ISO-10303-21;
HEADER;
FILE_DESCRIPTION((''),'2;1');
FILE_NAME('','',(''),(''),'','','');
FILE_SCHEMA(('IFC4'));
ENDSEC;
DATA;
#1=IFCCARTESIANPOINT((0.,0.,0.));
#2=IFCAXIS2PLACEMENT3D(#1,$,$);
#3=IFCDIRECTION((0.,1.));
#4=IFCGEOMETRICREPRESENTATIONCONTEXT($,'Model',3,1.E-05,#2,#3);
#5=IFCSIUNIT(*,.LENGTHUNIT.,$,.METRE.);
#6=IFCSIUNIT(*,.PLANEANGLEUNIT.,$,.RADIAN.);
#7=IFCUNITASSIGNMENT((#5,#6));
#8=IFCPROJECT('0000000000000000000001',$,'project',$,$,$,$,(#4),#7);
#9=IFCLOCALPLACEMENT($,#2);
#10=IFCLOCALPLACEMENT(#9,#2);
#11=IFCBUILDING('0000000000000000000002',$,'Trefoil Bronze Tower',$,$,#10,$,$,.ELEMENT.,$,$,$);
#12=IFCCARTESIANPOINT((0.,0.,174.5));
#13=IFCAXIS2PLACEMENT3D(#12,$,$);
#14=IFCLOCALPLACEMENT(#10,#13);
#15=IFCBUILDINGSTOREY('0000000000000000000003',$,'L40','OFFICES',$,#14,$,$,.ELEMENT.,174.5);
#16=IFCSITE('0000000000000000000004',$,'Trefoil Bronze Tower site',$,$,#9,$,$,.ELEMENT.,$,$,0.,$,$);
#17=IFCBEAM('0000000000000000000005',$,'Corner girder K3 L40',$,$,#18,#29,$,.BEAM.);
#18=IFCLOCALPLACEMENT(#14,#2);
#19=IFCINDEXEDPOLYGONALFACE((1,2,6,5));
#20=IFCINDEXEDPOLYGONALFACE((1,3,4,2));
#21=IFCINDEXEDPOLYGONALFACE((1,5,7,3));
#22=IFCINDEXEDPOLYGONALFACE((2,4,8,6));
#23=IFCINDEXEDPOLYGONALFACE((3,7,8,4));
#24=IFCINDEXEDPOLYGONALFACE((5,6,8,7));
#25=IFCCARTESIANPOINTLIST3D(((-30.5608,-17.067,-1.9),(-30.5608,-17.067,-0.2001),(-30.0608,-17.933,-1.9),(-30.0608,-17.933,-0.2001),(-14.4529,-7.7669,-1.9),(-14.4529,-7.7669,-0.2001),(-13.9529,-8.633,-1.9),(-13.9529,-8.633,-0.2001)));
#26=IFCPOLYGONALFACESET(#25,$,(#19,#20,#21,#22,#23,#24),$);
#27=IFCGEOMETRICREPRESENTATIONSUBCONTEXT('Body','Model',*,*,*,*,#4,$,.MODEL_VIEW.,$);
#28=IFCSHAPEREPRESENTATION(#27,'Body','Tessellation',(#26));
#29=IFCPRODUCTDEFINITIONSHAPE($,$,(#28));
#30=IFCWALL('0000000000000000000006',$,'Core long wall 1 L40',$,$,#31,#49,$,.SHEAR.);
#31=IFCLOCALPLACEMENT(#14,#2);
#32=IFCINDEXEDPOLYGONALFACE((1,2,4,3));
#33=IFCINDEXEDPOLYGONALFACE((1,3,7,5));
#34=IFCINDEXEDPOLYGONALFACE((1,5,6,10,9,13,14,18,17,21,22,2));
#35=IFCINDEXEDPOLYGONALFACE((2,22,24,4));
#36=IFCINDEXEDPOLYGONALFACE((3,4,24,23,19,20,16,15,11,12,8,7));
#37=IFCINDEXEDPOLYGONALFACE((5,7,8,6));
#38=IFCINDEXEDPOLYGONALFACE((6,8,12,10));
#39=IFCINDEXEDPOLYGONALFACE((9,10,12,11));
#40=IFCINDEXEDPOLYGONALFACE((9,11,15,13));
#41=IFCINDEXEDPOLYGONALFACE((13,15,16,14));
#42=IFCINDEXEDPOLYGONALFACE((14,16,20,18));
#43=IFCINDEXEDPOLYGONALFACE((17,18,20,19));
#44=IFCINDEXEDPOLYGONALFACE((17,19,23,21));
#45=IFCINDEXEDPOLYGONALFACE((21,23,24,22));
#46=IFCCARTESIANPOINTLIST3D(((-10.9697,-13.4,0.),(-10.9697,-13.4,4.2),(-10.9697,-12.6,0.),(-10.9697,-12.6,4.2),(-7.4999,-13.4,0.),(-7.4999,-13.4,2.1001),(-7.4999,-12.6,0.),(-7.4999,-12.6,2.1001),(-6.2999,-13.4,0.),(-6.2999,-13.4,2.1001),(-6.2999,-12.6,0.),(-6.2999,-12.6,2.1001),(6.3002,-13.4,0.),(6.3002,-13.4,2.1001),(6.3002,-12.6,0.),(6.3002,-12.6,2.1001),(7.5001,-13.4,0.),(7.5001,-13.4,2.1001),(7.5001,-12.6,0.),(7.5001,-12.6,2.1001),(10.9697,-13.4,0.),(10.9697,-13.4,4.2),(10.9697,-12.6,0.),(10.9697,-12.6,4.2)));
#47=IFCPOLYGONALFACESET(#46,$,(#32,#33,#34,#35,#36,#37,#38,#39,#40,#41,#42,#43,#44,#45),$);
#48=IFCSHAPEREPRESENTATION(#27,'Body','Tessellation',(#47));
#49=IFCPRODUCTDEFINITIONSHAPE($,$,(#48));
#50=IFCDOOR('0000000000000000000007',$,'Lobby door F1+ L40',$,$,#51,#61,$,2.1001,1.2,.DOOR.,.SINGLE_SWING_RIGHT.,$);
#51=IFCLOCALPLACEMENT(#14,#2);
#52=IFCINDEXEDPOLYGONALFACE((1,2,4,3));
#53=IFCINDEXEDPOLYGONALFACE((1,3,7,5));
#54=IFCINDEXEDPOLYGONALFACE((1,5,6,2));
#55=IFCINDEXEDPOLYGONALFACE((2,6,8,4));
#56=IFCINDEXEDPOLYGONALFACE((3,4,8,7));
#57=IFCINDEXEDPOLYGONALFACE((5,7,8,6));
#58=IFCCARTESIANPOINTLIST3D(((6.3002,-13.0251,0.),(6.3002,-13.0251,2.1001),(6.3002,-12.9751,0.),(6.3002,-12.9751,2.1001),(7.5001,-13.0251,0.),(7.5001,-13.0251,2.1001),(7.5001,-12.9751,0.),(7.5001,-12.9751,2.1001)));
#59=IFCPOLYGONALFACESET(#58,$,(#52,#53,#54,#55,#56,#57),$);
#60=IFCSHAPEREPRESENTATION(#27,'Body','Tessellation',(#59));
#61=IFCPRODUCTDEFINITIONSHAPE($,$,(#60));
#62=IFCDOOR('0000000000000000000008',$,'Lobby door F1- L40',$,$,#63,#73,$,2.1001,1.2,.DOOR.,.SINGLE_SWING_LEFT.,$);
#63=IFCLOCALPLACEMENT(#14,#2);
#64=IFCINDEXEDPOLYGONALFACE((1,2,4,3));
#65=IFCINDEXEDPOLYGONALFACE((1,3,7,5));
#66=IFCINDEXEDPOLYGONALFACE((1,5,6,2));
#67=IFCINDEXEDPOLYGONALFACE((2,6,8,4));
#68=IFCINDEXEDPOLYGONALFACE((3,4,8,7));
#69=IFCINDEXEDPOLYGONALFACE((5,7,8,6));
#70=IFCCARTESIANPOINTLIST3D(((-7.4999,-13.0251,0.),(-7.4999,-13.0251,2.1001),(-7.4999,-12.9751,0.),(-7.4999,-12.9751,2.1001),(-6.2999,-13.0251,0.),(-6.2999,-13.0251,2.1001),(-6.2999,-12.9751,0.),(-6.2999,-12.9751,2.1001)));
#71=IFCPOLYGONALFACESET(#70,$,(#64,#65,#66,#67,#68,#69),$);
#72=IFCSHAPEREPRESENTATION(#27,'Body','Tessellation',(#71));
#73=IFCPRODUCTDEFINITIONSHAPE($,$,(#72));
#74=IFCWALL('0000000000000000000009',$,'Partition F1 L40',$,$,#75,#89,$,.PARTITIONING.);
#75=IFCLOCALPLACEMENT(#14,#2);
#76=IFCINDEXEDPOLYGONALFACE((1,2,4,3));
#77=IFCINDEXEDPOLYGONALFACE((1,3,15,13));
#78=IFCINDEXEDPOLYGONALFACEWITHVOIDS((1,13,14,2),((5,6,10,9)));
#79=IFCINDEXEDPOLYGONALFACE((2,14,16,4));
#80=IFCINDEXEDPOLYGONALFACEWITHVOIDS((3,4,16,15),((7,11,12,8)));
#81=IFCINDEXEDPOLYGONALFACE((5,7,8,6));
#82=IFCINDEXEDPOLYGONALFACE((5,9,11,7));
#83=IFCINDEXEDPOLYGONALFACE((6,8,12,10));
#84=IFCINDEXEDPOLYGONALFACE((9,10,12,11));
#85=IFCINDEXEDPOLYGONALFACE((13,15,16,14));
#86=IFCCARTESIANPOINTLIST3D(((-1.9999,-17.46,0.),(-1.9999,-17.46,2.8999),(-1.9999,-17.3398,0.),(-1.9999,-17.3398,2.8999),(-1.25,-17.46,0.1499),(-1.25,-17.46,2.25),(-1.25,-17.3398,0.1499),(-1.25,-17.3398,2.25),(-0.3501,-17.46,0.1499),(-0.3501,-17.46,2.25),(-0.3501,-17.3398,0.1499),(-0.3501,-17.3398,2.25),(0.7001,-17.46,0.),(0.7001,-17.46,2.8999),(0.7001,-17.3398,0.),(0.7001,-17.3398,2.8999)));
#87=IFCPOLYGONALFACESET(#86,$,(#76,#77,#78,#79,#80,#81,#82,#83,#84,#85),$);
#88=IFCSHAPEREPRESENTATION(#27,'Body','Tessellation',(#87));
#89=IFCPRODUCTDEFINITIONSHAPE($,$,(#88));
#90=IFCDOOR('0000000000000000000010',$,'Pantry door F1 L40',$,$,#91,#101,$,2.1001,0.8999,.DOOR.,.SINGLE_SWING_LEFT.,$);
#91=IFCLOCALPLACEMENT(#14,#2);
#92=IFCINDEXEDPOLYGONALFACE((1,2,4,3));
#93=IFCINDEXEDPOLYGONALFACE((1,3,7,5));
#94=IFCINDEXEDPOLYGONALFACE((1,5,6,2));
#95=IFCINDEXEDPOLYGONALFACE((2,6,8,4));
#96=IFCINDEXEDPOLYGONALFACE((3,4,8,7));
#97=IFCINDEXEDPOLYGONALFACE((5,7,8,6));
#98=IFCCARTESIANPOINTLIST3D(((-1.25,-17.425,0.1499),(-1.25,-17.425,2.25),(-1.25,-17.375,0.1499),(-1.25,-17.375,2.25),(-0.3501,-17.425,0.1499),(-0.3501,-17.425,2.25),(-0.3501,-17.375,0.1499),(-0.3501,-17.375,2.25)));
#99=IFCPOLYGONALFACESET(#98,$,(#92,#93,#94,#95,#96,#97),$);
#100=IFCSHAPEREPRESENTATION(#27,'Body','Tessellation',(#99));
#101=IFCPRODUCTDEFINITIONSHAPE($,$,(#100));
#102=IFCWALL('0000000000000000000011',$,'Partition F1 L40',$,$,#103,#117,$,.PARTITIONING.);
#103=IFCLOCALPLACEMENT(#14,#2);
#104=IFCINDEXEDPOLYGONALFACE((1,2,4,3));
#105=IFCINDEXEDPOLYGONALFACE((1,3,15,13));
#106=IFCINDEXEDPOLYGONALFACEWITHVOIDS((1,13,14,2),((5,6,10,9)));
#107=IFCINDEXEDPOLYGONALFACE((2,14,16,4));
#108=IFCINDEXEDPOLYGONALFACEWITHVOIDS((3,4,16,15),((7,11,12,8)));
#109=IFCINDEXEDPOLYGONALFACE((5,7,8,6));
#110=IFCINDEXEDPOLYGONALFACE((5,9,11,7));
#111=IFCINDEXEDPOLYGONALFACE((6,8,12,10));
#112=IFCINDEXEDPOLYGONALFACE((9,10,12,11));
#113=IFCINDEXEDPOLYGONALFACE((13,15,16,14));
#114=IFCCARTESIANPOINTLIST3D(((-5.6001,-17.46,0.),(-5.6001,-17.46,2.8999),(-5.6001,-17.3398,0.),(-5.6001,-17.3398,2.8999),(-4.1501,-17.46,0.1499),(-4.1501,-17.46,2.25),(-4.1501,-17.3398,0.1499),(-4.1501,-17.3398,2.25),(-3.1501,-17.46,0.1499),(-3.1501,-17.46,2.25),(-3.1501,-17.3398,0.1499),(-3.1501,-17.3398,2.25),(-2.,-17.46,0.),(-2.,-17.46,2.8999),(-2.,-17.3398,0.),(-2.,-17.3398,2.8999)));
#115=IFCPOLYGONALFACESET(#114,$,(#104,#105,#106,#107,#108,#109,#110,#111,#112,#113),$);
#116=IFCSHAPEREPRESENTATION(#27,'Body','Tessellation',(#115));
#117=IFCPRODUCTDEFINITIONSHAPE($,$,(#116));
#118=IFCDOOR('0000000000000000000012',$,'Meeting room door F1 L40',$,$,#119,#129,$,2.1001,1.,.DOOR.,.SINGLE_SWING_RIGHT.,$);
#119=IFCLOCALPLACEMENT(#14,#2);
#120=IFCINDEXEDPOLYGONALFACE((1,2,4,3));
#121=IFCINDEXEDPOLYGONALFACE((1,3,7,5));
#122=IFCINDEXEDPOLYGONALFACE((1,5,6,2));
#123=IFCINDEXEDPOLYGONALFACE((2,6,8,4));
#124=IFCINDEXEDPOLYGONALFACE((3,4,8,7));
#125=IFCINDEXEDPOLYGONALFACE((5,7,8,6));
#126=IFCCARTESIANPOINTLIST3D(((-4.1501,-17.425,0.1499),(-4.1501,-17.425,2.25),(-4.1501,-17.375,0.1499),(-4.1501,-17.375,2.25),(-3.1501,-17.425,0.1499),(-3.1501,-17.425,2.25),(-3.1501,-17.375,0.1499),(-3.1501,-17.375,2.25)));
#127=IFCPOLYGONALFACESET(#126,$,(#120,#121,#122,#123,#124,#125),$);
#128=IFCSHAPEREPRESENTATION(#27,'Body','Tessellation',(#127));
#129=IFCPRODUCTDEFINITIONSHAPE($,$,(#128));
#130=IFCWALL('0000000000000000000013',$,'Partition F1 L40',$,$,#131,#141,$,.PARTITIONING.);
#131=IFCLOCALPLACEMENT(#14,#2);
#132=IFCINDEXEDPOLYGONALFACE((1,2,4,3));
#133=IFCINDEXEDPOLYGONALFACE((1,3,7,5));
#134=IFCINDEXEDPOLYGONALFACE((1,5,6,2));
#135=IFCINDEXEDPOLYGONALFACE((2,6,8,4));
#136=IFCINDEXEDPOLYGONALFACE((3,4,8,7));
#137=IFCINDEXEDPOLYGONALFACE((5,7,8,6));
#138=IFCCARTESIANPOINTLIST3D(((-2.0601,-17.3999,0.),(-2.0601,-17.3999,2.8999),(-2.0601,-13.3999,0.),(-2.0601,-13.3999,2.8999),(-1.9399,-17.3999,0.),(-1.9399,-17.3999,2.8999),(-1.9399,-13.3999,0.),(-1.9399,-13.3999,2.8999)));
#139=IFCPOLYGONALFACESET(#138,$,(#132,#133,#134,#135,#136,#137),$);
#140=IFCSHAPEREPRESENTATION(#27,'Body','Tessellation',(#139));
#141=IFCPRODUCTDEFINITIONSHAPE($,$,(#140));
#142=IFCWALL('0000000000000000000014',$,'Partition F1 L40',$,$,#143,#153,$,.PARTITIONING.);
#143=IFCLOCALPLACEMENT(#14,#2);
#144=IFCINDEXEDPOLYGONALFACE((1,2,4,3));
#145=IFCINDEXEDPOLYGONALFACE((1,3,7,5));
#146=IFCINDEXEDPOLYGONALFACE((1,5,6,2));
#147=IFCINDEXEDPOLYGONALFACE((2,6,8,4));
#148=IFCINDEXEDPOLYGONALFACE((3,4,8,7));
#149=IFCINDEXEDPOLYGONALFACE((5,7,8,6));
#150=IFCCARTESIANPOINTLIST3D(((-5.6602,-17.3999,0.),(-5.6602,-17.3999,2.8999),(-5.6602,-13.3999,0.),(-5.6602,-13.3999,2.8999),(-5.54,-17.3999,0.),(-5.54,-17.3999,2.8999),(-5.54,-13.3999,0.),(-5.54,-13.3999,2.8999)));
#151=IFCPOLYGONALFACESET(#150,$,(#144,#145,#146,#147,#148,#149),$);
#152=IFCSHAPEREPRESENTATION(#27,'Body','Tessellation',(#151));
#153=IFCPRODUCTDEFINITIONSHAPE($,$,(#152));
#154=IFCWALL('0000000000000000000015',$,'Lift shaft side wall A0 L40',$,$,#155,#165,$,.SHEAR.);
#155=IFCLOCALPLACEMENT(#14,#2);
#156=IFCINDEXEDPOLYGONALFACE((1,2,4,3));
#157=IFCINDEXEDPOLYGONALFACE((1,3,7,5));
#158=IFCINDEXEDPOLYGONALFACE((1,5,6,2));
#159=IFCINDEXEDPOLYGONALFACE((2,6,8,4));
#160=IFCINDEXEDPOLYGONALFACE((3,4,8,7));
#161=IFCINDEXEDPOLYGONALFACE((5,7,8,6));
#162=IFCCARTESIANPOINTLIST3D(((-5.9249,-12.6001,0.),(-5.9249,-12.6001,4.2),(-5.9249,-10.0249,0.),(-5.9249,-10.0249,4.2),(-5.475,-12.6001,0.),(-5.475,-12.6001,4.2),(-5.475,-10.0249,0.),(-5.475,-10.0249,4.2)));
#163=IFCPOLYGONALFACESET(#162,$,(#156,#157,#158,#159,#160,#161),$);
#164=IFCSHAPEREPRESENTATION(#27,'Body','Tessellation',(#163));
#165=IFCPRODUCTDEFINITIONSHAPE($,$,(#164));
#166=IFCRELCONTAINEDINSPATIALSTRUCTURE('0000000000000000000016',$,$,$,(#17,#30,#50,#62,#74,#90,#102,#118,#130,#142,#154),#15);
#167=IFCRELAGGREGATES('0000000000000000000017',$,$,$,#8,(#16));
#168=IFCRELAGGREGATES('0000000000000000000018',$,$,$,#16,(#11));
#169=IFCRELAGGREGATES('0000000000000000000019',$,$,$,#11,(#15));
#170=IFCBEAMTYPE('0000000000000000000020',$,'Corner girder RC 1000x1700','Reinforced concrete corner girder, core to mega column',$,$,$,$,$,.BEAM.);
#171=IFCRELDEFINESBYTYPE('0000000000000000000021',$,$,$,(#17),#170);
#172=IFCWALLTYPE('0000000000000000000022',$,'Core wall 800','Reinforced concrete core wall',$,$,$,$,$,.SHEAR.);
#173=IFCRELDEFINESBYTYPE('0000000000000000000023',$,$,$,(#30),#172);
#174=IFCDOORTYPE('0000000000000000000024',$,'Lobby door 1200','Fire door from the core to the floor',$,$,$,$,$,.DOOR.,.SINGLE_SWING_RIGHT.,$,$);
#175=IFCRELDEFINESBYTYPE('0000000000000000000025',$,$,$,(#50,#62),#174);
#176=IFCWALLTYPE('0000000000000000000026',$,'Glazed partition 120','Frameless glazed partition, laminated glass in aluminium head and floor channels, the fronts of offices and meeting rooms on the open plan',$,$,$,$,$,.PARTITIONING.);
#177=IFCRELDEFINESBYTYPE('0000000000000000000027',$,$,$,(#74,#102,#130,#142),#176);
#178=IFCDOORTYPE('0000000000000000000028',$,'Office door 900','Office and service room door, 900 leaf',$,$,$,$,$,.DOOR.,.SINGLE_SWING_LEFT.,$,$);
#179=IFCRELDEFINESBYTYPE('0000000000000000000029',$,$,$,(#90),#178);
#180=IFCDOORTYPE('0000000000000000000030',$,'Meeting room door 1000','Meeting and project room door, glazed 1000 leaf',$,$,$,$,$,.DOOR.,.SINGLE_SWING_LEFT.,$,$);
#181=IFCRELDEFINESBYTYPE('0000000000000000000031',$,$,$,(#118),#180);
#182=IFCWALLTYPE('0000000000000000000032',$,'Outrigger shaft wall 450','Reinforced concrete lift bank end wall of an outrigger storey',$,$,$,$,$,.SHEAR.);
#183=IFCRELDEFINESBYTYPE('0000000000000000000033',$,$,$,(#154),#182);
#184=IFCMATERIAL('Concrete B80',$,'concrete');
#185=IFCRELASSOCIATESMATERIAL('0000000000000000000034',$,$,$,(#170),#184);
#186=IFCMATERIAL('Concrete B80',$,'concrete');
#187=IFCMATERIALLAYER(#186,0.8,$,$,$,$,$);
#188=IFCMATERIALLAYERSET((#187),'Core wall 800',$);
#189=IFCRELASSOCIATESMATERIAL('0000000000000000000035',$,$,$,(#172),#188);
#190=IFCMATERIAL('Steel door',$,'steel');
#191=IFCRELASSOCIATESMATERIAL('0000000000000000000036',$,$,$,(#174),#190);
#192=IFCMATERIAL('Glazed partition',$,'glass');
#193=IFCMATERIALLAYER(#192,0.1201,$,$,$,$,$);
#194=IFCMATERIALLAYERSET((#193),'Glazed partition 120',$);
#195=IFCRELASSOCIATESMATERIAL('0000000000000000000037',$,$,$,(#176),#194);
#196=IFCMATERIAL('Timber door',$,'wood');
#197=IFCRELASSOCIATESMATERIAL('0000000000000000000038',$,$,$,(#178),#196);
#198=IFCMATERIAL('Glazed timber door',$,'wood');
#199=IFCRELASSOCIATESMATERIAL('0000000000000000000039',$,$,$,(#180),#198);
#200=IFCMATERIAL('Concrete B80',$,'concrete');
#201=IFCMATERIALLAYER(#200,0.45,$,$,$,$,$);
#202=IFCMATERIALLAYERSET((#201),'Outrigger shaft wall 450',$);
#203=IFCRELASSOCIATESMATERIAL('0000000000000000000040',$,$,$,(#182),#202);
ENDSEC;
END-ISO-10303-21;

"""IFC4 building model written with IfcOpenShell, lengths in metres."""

from ifc_helpers import new_model, si_unit, direction, frame, frame_2d, origin, origin_2d, place, context, subcontext, project, spatial, rectangle, extrude, material, layer, layer_set, material_profile, profile_set, type_object, element, fill, save


model = new_model("IFC4")

# Units and contexts
model_context = context("Model", 3, precision=1e-05, world=origin(), true_north=direction((0.0, 1.0)))
body_context = subcontext(model_context, "Body", "Model", "MODEL_VIEW")
ifc_project = project(units=[si_unit("LENGTHUNIT", "METRE"), si_unit("PLANEANGLEUNIT", "RADIAN")], contexts=[model_context])

# Site, building, storey
site_placement = place(None, origin())
site = spatial("IfcSite", under=ifc_project, at=site_placement, Name="Trefoil Bronze Tower site", CompositionType="ELEMENT", RefElevation=0.0)
building_placement = place(site_placement, origin())
building = spatial("IfcBuilding", under=site, at=building_placement, Name="Trefoil Bronze Tower", CompositionType="ELEMENT")
storey_placement = place(building_placement, frame((0.0, 0.0, 174.5)))
storey = spatial("IfcBuildingStorey", under=building, at=storey_placement, Name="L40", Description="OFFICES", CompositionType="ELEMENT", Elevation=174.5)

# Beam
ifc_material_1 = material(Name="Concrete B80", Category="concrete")
ifc_material_profile_1 = material_profile(ifc_material_1, rectangle(XDim=1.0, YDim=1.7, at=origin_2d()), Name="RC 1000x1700")
ifc_profile_set_1 = profile_set([ifc_material_profile_1], Name="Concrete B80")
beam_type_1 = type_object("IfcBeamType", Name="Corner girder RC 1000x1700", Description="Reinforced concrete corner girder, core to mega column", PredefinedType="BEAM", material=ifc_profile_set_1)
beam_1_placement = place(storey_placement, frame((-14.2029, -8.2, -1.05), z_axis=(-0.866022, -0.500006, 0.0), x_axis=(0.500006, -0.866022, 0.0)))
element("IfcBeam", 1, at=beam_1_placement, inside=storey, type_object=beam_type_1, Name="Corner girder K3 L40", PredefinedType="BEAM", context=body_context, shape_type="SweptSolid", body=[
    extrude(rectangle(XDim=1.0, YDim=1.7, at=origin_2d()), origin(), (0.0, 0.0, 1.0), 18.5999),
])

# Wall, openings, doors
ifc_material_2 = material(Name="Concrete B80", Category="concrete")
ifc_layer_1 = layer(ifc_material_2, 0.8)
ifc_layer_set_1 = layer_set([ifc_layer_1], Name="Core wall 800")
wall_type_1 = type_object("IfcWallType", Name="Core wall 800", Description="Reinforced concrete core wall", PredefinedType="SHEAR", material=ifc_layer_set_1)
wall_1_placement = place(storey_placement, frame((-10.9697, -13.0, 0.0), z_axis=(0.0, 0.0, 1.0), x_axis=(1.0, 0.0, 0.0)))
wall_1 = element("IfcWall", 2, at=wall_1_placement, inside=storey, type_object=wall_type_1, Name="Core long wall 1 L40", PredefinedType="SHEAR", context=body_context, shape_type="SweptSolid", body=[
    extrude(rectangle(XDim=21.9395, YDim=0.8, at=frame_2d((10.9697, 0.0))), origin(), (0.0, 0.0, 1.0), 4.2),
])
opening_1_placement = place(wall_1_placement, frame((17.2698, 0.0, 0.0)))
opening_1 = element("IfcOpeningElement", 3, at=opening_1_placement, cuts=wall_1, PredefinedType="OPENING", context=body_context, shape_type="SweptSolid", body=[
    extrude(rectangle(XDim=1.2, YDim=2.1001, at=frame_2d((0.6001, 1.05))), frame((0.0, 0.4099, 0.0), z_axis=(0.0, -1.0, 0.0), x_axis=(1.0, 0.0, 0.0)), (0.0, 0.0, 1.0), 0.8201),
])
opening_2_placement = place(wall_1_placement, frame((3.4697, 0.0, 0.0)))
opening_2 = element("IfcOpeningElement", 4, at=opening_2_placement, cuts=wall_1, PredefinedType="OPENING", context=body_context, shape_type="SweptSolid", body=[
    extrude(rectangle(XDim=1.2, YDim=2.1001, at=frame_2d((0.6001, 1.05))), frame((0.0, 0.4099, 0.0), z_axis=(0.0, -1.0, 0.0), x_axis=(1.0, 0.0, 0.0)), (0.0, 0.0, 1.0), 0.8201),
])
ifc_material_3 = material(Name="Steel door", Category="steel")
door_type_1 = type_object("IfcDoorType", Name="Lobby door 1200", Description="Fire door from the core to the floor", OperationType="SINGLE_SWING_RIGHT", PredefinedType="DOOR", material=ifc_material_3)
door_1_placement = place(opening_1_placement, origin())
door_1 = element("IfcDoor", 5, at=door_1_placement, inside=storey, type_object=door_type_1, Name="Lobby door F1+ L40", OperationType="SINGLE_SWING_RIGHT", OverallHeight=2.1001, OverallWidth=1.2, PredefinedType="DOOR", context=body_context, shape_type="SweptSolid", body=[
    extrude(rectangle(XDim=1.2, YDim=2.1001, at=frame_2d((0.6001, 1.05))), frame((0.0, 0.0249, 0.0), z_axis=(0.0, -1.0, 0.0), x_axis=(1.0, 0.0, 0.0)), (0.0, 0.0, 1.0), 0.05),
])
fill(opening_1, door_1)
door_2_placement = place(opening_2_placement, origin())
door_2 = element("IfcDoor", 6, at=door_2_placement, inside=storey, type_object=door_type_1, Name="Lobby door F1- L40", OperationType="SINGLE_SWING_LEFT", OverallHeight=2.1001, OverallWidth=1.2, PredefinedType="DOOR", context=body_context, shape_type="SweptSolid", body=[
    extrude(rectangle(XDim=1.2, YDim=2.1001, at=frame_2d((0.6001, 1.05))), frame((0.0, 0.0249, 0.0), z_axis=(0.0, -1.0, 0.0), x_axis=(1.0, 0.0, 0.0)), (0.0, 0.0, 1.0), 0.05),
])
fill(opening_2, door_2)

# Walls, openings, doors
ifc_material_4 = material(Name="Glazed partition", Category="glass")
ifc_layer_2 = layer(ifc_material_4, 0.1201)
ifc_layer_set_2 = layer_set([ifc_layer_2], Name="Glazed partition 120")
wall_type_2 = type_object("IfcWallType", Name="Glazed partition 120", Description="Frameless glazed partition, laminated glass in aluminium head and floor channels, the fronts of offices and meeting rooms on the open plan", PredefinedType="PARTITIONING", material=ifc_layer_set_2)
wall_2_placement = place(storey_placement, frame((-2.0, -17.3999, 0.0), z_axis=(0.0, 0.0, 1.0), x_axis=(1.0, 0.0, 0.0)))
wall_2 = element("IfcWall", 7, at=wall_2_placement, inside=storey, type_object=wall_type_2, Name="Partition F1 L40", PredefinedType="PARTITIONING", context=body_context, shape_type="SweptSolid", body=[
    extrude(rectangle(XDim=2.7, YDim=0.1201, at=frame_2d((1.3501, 0.0))), origin(), (0.0, 0.0, 1.0), 2.8999),
])
opening_3_placement = place(wall_2_placement, frame((0.75, 0.0, 0.1499)))
opening_3 = element("IfcOpeningElement", 8, at=opening_3_placement, cuts=wall_2, PredefinedType="OPENING", context=body_context, shape_type="SweptSolid", body=[
    extrude(rectangle(XDim=0.8999, YDim=2.1001, at=frame_2d((0.45, 1.05))), frame((0.0, 0.0701, 0.0), z_axis=(0.0, -1.0, 0.0), x_axis=(1.0, 0.0, 0.0)), (0.0, 0.0, 1.0), 0.1401),
])
ifc_material_5 = material(Name="Timber door", Category="wood")
door_type_2 = type_object("IfcDoorType", Name="Office door 900", Description="Office and service room door, 900 leaf", OperationType="SINGLE_SWING_LEFT", PredefinedType="DOOR", material=ifc_material_5)
door_3_placement = place(opening_3_placement, origin())
door_3 = element("IfcDoor", 9, at=door_3_placement, inside=storey, type_object=door_type_2, Name="Pantry door F1 L40", OperationType="SINGLE_SWING_LEFT", OverallHeight=2.1001, OverallWidth=0.8999, PredefinedType="DOOR", context=body_context, shape_type="SweptSolid", body=[
    extrude(rectangle(XDim=0.8999, YDim=2.1001, at=frame_2d((0.45, 1.05))), frame((0.0, 0.0249, 0.0), z_axis=(0.0, -1.0, 0.0), x_axis=(1.0, 0.0, 0.0)), (0.0, 0.0, 1.0), 0.05),
])
fill(opening_3, door_3)
wall_3_placement = place(storey_placement, frame((-5.6001, -17.3999, 0.0), z_axis=(0.0, 0.0, 1.0), x_axis=(1.0, 0.0, 0.0)))
wall_3 = element("IfcWall", 10, at=wall_3_placement, inside=storey, type_object=wall_type_2, Name="Partition F1 L40", PredefinedType="PARTITIONING", context=body_context, shape_type="SweptSolid", body=[
    extrude(rectangle(XDim=3.6001, YDim=0.1201, at=frame_2d((1.8, 0.0))), origin(), (0.0, 0.0, 1.0), 2.8999),
])
opening_4_placement = place(wall_3_placement, frame((1.45, 0.0, 0.1499)))
opening_4 = element("IfcOpeningElement", 11, at=opening_4_placement, cuts=wall_3, PredefinedType="OPENING", context=body_context, shape_type="SweptSolid", body=[
    extrude(rectangle(XDim=1.0, YDim=2.1001, at=frame_2d((0.5, 1.05))), frame((0.0, 0.0701, 0.0), z_axis=(0.0, -1.0, 0.0), x_axis=(1.0, 0.0, 0.0)), (0.0, 0.0, 1.0), 0.1401),
])
ifc_material_6 = material(Name="Glazed timber door", Category="wood")
door_type_3 = type_object("IfcDoorType", Name="Meeting room door 1000", Description="Meeting and project room door, glazed 1000 leaf", OperationType="SINGLE_SWING_LEFT", PredefinedType="DOOR", material=ifc_material_6)
door_4_placement = place(opening_4_placement, origin())
door_4 = element("IfcDoor", 12, at=door_4_placement, inside=storey, type_object=door_type_3, Name="Meeting room door F1 L40", OperationType="SINGLE_SWING_RIGHT", OverallHeight=2.1001, OverallWidth=1.0, PredefinedType="DOOR", context=body_context, shape_type="SweptSolid", body=[
    extrude(rectangle(XDim=1.0, YDim=2.1001, at=frame_2d((0.5, 1.05))), frame((0.0, 0.0249, 0.0), z_axis=(0.0, -1.0, 0.0), x_axis=(1.0, 0.0, 0.0)), (0.0, 0.0, 1.0), 0.05),
])
fill(opening_4, door_4)

# Walls
for number, where, z_axis, x_axis, name in (
    (13, (-2.0, -13.3999, 0.0), (0.0, 0.0, 1.0), (0.0, -1.0, 0.0), "Partition F1 L40"),
    (14, (-5.6001, -13.3999, 0.0), (0.0, 0.0, 1.0), (0.0, -1.0, 0.0), "Partition F1 L40"),
):
    element("IfcWall", number, at=place(storey_placement, frame(where, z_axis=z_axis, x_axis=x_axis)), inside=storey, type_object=wall_type_2, Name=name, PredefinedType="PARTITIONING", context=body_context, shape_type="SweptSolid", body=[
        extrude(rectangle(XDim=4.0, YDim=0.1201, at=frame_2d((2.0, 0.0))), origin(), (0.0, 0.0, 1.0), 2.8999),
    ])
ifc_material_7 = material(Name="Concrete B80", Category="concrete")
ifc_layer_3 = layer(ifc_material_7, 0.45)
ifc_layer_set_3 = layer_set([ifc_layer_3], Name="Outrigger shaft wall 450")
wall_type_3 = type_object("IfcWallType", Name="Outrigger shaft wall 450", Description="Reinforced concrete lift bank end wall of an outrigger storey", PredefinedType="SHEAR", material=ifc_layer_set_3)
for number, where, z_axis, x_axis, name in (
    (15, (-5.7, -10.0249, 0.0), (0.0, 0.0, 1.0), (0.0, -1.0, 0.0), "Lift shaft side wall A0 L40"),
):
    element("IfcWall", number, at=place(storey_placement, frame(where, z_axis=z_axis, x_axis=x_axis)), inside=storey, type_object=wall_type_3, Name=name, PredefinedType="SHEAR", context=body_context, shape_type="SweptSolid", body=[
        extrude(rectangle(XDim=2.5752, YDim=0.45, at=frame_2d((1.2876, 0.0))), origin(), (0.0, 0.0, 1.0), 4.2),
    ])

save(model, "model.ifc")
